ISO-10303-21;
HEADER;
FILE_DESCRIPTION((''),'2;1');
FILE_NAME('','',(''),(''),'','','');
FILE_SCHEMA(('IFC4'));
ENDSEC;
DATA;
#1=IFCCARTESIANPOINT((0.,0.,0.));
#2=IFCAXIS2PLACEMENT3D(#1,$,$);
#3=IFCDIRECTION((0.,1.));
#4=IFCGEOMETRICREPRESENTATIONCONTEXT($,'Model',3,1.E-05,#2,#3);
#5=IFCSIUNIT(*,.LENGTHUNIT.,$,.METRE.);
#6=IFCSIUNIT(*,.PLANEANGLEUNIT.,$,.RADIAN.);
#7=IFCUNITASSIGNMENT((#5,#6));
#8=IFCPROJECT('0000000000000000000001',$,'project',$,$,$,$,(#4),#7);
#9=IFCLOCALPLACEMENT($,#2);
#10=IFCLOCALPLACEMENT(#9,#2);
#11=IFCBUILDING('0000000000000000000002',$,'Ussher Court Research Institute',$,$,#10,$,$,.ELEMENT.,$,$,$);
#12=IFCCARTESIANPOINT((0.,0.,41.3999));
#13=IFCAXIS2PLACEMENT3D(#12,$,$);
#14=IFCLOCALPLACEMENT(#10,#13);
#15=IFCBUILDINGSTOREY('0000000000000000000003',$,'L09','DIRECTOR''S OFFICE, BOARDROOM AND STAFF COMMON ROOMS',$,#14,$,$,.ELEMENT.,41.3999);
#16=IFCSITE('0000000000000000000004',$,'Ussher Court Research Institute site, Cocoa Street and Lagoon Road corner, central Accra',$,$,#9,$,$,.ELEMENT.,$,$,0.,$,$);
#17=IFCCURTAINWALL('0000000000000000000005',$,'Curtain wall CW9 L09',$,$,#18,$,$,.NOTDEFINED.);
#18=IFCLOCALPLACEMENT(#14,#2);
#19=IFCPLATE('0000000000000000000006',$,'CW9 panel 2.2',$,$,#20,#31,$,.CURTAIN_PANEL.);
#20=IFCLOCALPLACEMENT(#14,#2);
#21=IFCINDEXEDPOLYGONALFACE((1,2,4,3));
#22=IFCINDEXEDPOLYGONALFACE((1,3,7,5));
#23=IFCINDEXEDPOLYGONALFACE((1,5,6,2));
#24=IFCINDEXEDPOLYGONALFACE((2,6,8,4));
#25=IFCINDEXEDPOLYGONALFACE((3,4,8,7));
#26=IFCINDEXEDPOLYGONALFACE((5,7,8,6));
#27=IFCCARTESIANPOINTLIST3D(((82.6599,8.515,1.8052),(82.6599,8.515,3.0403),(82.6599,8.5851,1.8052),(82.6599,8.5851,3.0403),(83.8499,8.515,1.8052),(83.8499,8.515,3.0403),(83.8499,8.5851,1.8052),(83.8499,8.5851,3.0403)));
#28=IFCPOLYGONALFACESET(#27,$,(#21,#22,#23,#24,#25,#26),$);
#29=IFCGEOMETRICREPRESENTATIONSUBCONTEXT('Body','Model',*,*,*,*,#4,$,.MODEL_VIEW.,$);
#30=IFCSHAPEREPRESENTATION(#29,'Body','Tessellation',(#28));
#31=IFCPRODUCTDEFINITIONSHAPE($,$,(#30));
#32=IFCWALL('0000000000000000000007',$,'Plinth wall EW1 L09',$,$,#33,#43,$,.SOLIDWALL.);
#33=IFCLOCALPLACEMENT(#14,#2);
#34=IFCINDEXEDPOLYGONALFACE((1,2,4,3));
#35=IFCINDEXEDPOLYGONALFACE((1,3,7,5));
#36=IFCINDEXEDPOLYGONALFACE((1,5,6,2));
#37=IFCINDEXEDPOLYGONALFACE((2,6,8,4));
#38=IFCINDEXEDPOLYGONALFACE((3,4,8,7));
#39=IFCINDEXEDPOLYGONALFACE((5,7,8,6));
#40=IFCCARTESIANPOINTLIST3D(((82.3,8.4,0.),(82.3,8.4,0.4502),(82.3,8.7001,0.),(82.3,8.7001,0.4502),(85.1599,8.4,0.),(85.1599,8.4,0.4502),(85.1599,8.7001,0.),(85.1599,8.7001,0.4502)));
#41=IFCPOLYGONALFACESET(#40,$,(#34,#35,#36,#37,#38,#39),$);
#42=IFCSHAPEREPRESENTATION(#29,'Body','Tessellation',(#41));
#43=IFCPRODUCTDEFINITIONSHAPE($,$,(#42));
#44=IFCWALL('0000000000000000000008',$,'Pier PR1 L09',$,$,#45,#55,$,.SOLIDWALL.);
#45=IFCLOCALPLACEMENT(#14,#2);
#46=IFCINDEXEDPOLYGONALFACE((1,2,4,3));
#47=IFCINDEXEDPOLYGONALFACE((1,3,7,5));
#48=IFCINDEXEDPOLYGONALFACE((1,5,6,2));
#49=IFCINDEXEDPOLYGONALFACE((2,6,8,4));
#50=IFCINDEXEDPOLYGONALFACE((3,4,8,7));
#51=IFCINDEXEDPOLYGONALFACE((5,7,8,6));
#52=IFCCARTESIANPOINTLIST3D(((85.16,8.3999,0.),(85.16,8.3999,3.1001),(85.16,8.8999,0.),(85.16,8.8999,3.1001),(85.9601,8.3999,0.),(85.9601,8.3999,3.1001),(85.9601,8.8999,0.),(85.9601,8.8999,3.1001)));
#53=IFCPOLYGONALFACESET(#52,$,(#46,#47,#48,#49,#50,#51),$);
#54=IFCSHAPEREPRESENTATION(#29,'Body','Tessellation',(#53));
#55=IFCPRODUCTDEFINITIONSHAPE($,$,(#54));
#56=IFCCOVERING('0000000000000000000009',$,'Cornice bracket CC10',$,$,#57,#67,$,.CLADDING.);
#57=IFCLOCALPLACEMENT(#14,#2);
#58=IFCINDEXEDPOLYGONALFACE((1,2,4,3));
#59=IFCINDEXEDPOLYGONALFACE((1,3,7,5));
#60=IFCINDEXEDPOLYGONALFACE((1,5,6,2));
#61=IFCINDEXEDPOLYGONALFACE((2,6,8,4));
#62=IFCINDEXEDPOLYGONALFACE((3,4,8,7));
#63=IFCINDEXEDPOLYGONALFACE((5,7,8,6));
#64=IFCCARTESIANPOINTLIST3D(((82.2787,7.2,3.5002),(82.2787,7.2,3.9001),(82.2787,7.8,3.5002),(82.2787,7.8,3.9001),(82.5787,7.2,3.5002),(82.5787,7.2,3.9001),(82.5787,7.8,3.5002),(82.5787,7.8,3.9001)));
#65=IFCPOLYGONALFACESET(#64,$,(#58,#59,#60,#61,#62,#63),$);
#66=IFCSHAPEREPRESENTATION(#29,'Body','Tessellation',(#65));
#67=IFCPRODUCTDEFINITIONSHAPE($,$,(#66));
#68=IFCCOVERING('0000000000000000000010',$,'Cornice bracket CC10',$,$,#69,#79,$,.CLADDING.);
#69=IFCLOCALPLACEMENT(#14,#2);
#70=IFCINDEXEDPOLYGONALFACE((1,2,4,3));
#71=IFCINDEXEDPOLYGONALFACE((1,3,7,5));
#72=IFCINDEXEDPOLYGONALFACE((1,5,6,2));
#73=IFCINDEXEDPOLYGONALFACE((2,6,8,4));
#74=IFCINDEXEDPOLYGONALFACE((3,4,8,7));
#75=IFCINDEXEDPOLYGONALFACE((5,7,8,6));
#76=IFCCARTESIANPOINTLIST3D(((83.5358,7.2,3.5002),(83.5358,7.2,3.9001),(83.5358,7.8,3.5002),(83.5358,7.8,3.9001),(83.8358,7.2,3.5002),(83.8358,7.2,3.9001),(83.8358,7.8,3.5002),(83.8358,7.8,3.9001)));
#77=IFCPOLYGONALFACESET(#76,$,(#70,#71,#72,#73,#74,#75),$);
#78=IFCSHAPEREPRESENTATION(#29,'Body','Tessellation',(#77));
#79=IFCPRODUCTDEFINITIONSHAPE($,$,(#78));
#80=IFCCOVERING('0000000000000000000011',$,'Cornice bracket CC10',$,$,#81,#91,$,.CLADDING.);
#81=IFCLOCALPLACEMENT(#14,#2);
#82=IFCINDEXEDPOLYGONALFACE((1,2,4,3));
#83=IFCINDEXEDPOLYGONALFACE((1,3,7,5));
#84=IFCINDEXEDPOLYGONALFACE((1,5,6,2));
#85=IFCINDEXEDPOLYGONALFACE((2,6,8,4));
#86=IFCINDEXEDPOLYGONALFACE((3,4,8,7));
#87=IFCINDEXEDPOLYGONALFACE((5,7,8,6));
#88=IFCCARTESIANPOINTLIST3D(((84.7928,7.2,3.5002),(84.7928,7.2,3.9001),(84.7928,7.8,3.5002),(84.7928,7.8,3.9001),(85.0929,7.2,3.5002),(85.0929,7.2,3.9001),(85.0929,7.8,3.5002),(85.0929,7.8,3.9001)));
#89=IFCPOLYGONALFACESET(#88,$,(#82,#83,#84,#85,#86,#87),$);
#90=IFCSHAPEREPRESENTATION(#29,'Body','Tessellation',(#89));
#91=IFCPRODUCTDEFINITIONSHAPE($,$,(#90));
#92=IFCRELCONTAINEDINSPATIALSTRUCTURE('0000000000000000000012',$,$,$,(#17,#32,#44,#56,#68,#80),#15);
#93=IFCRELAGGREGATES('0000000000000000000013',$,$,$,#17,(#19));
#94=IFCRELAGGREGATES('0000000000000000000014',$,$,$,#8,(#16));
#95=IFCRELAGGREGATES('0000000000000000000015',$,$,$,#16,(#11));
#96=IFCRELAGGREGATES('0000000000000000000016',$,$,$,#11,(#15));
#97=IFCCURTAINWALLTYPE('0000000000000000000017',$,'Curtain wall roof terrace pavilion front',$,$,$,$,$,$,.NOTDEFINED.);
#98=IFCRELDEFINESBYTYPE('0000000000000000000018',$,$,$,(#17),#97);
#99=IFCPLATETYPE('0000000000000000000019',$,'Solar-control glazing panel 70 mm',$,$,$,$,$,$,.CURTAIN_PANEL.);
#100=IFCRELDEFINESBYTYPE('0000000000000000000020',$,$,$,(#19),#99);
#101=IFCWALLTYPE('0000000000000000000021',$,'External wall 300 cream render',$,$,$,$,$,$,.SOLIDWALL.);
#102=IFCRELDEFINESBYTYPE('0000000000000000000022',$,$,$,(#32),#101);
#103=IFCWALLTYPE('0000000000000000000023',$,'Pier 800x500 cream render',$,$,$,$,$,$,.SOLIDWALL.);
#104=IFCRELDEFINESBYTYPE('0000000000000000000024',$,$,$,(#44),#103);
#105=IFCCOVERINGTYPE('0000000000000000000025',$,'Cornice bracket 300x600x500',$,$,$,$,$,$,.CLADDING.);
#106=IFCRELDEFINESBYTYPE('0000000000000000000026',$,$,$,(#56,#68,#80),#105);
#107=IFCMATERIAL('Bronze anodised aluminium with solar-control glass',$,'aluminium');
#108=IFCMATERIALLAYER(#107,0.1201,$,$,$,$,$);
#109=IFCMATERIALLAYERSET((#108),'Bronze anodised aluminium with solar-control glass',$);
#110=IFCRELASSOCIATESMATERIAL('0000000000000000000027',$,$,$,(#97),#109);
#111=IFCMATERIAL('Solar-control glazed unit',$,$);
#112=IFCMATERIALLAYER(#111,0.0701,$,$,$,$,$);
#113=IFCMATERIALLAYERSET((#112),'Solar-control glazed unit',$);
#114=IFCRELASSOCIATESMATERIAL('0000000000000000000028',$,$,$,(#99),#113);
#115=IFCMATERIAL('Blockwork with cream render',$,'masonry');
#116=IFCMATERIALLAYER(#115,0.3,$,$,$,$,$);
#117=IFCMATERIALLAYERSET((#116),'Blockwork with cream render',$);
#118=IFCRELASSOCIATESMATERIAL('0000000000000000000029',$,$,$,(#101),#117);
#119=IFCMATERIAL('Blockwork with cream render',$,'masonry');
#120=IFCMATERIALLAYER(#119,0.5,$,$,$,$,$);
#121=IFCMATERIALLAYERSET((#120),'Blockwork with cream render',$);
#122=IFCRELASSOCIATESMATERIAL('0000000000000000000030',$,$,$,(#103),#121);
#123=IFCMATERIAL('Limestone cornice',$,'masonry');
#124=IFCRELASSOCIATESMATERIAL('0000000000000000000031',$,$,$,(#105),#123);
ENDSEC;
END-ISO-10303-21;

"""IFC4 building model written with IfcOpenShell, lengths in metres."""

from ifc_helpers import new_model, si_unit, direction, frame, frame_2d, origin, origin_2d, place, context, subcontext, project, spatial, rectangle, extrude, material, layer, layer_set, type_object, element, aggregate, save


model = new_model("IFC4")

# Units and contexts
model_context = context("Model", 3, precision=1e-05, world=origin(), true_north=direction((0.0, 1.0)))
body_context = subcontext(model_context, "Body", "Model", "MODEL_VIEW")
ifc_project = project(units=[si_unit("LENGTHUNIT", "METRE"), si_unit("PLANEANGLEUNIT", "RADIAN")], contexts=[model_context])

# Site, building, storey
site_placement = place(None, origin())
site = spatial("IfcSite", under=ifc_project, at=site_placement, Name="Ussher Court Research Institute site, Cocoa Street and Lagoon Road corner, central Accra", CompositionType="ELEMENT", RefElevation=0.0)
building_placement = place(site_placement, origin())
building = spatial("IfcBuilding", under=site, at=building_placement, Name="Ussher Court Research Institute", CompositionType="ELEMENT")
storey_placement = place(building_placement, frame((0.0, 0.0, 41.3999)))
storey = spatial("IfcBuildingStorey", under=building, at=storey_placement, Name="L09", Description="DIRECTOR'S OFFICE, BOARDROOM AND STAFF COMMON ROOMS", CompositionType="ELEMENT", Elevation=41.3999)

# Shared definitions
ifc_material_1 = material(Name="Bronze anodised aluminium with solar-control glass", Category="aluminium")
ifc_layer_1 = layer(ifc_material_1, 0.1201)
ifc_layer_set_1 = layer_set([ifc_layer_1], Name="Bronze anodised aluminium with solar-control glass")
curtain_wall_type = type_object("IfcCurtainWallType", Name="Curtain wall roof terrace pavilion front", PredefinedType="NOTDEFINED", material=ifc_layer_set_1)

# Curtain wall
curtain_wall_1_placement = place(storey_placement, origin())
curtain_wall_1 = element("IfcCurtainWall", 1, at=curtain_wall_1_placement, inside=storey, type_object=curtain_wall_type, Name="Curtain wall CW9 L09", PredefinedType="NOTDEFINED")

# Plate
ifc_material_2 = material(Name="Solar-control glazed unit")
ifc_layer_2 = layer(ifc_material_2, 0.0701)
ifc_layer_set_2 = layer_set([ifc_layer_2], Name="Solar-control glazed unit")
plate_type = type_object("IfcPlateType", Name="Solar-control glazing panel 70 mm", PredefinedType="CURTAIN_PANEL", material=ifc_layer_set_2)
plate_1_placement = place(storey_placement, frame((83.2549, 8.55, 1.8052), z_axis=(0.0, 0.0, 1.0), x_axis=(-1.0, 0.0, 0.0)))
plate_1 = element("IfcPlate", 2, at=plate_1_placement, type_object=plate_type, Name="CW9 panel 2.2", PredefinedType="CURTAIN_PANEL", context=body_context, shape_type="SweptSolid", body=[
    extrude(rectangle(XDim=1.1899, YDim=0.0701, at=origin_2d()), origin(), (0.0, 0.0, 1.0), 1.2351),
])
aggregate(curtain_wall_1, [plate_1])

# Walls
ifc_material_3 = material(Name="Blockwork with cream render", Category="masonry")
ifc_layer_3 = layer(ifc_material_3, 0.3)
ifc_layer_set_3 = layer_set([ifc_layer_3], Name="Blockwork with cream render")
wall_type_1 = type_object("IfcWallType", Name="External wall 300 cream render", PredefinedType="SOLIDWALL", material=ifc_layer_set_3)
wall_1_placement = place(storey_placement, frame((85.1599, 8.55, 0.0), z_axis=(0.0, 0.0, 1.0), x_axis=(-1.0, 0.0, 0.0)))
element("IfcWall", 3, at=wall_1_placement, inside=storey, type_object=wall_type_1, Name="Plinth wall EW1 L09", PredefinedType="SOLIDWALL", context=body_context, shape_type="SweptSolid", body=[
    extrude(rectangle(XDim=2.8599, YDim=0.3, at=frame_2d((1.4299, 0.0))), origin(), (0.0, 0.0, 1.0), 0.4502),
])
ifc_material_4 = material(Name="Blockwork with cream render", Category="masonry")
ifc_layer_4 = layer(ifc_material_4, 0.5)
ifc_layer_set_4 = layer_set([ifc_layer_4], Name="Blockwork with cream render")
wall_type_2 = type_object("IfcWallType", Name="Pier 800x500 cream render", PredefinedType="SOLIDWALL", material=ifc_layer_set_4)
wall_2_placement = place(storey_placement, frame((85.96, 8.6499, 0.0), z_axis=(0.0, 0.0, 1.0), x_axis=(-1.0, 0.0, 0.0)))
element("IfcWall", 4, at=wall_2_placement, inside=storey, type_object=wall_type_2, Name="Pier PR1 L09", PredefinedType="SOLIDWALL", context=body_context, shape_type="SweptSolid", body=[
    extrude(rectangle(XDim=0.8, YDim=0.5, at=frame_2d((0.3999, 0.0))), origin(), (0.0, 0.0, 1.0), 3.1001),
])

# Coverings
ifc_material_5 = material(Name="Limestone cornice", Category="masonry")
covering_type = type_object("IfcCoveringType", Name="Cornice bracket 300x600x500", PredefinedType="CLADDING", material=ifc_material_5)
for number, where, z_axis, x_axis, name in (
    (5, (82.4287, 7.5, 3.5002), (0.0, 0.0, 1.0), (1.0, 0.0, 0.0), "Cornice bracket CC10"),
    (6, (83.6858, 7.5, 3.5002), (0.0, 0.0, 1.0), (1.0, 0.0, 0.0), "Cornice bracket CC10"),
    (7, (84.9429, 7.5, 3.5002), (0.0, 0.0, 1.0), (1.0, 0.0, 0.0), "Cornice bracket CC10"),
):
    element("IfcCovering", number, at=place(storey_placement, frame(where, z_axis=z_axis, x_axis=x_axis)), inside=storey, type_object=covering_type, Name=name, PredefinedType="CLADDING", context=body_context, shape_type="SweptSolid", body=[
        extrude(rectangle(XDim=0.3, YDim=0.6001, at=origin_2d()), origin(), (0.0, 0.0, 1.0), 0.3999),
    ])

save(model, "model.ifc")
